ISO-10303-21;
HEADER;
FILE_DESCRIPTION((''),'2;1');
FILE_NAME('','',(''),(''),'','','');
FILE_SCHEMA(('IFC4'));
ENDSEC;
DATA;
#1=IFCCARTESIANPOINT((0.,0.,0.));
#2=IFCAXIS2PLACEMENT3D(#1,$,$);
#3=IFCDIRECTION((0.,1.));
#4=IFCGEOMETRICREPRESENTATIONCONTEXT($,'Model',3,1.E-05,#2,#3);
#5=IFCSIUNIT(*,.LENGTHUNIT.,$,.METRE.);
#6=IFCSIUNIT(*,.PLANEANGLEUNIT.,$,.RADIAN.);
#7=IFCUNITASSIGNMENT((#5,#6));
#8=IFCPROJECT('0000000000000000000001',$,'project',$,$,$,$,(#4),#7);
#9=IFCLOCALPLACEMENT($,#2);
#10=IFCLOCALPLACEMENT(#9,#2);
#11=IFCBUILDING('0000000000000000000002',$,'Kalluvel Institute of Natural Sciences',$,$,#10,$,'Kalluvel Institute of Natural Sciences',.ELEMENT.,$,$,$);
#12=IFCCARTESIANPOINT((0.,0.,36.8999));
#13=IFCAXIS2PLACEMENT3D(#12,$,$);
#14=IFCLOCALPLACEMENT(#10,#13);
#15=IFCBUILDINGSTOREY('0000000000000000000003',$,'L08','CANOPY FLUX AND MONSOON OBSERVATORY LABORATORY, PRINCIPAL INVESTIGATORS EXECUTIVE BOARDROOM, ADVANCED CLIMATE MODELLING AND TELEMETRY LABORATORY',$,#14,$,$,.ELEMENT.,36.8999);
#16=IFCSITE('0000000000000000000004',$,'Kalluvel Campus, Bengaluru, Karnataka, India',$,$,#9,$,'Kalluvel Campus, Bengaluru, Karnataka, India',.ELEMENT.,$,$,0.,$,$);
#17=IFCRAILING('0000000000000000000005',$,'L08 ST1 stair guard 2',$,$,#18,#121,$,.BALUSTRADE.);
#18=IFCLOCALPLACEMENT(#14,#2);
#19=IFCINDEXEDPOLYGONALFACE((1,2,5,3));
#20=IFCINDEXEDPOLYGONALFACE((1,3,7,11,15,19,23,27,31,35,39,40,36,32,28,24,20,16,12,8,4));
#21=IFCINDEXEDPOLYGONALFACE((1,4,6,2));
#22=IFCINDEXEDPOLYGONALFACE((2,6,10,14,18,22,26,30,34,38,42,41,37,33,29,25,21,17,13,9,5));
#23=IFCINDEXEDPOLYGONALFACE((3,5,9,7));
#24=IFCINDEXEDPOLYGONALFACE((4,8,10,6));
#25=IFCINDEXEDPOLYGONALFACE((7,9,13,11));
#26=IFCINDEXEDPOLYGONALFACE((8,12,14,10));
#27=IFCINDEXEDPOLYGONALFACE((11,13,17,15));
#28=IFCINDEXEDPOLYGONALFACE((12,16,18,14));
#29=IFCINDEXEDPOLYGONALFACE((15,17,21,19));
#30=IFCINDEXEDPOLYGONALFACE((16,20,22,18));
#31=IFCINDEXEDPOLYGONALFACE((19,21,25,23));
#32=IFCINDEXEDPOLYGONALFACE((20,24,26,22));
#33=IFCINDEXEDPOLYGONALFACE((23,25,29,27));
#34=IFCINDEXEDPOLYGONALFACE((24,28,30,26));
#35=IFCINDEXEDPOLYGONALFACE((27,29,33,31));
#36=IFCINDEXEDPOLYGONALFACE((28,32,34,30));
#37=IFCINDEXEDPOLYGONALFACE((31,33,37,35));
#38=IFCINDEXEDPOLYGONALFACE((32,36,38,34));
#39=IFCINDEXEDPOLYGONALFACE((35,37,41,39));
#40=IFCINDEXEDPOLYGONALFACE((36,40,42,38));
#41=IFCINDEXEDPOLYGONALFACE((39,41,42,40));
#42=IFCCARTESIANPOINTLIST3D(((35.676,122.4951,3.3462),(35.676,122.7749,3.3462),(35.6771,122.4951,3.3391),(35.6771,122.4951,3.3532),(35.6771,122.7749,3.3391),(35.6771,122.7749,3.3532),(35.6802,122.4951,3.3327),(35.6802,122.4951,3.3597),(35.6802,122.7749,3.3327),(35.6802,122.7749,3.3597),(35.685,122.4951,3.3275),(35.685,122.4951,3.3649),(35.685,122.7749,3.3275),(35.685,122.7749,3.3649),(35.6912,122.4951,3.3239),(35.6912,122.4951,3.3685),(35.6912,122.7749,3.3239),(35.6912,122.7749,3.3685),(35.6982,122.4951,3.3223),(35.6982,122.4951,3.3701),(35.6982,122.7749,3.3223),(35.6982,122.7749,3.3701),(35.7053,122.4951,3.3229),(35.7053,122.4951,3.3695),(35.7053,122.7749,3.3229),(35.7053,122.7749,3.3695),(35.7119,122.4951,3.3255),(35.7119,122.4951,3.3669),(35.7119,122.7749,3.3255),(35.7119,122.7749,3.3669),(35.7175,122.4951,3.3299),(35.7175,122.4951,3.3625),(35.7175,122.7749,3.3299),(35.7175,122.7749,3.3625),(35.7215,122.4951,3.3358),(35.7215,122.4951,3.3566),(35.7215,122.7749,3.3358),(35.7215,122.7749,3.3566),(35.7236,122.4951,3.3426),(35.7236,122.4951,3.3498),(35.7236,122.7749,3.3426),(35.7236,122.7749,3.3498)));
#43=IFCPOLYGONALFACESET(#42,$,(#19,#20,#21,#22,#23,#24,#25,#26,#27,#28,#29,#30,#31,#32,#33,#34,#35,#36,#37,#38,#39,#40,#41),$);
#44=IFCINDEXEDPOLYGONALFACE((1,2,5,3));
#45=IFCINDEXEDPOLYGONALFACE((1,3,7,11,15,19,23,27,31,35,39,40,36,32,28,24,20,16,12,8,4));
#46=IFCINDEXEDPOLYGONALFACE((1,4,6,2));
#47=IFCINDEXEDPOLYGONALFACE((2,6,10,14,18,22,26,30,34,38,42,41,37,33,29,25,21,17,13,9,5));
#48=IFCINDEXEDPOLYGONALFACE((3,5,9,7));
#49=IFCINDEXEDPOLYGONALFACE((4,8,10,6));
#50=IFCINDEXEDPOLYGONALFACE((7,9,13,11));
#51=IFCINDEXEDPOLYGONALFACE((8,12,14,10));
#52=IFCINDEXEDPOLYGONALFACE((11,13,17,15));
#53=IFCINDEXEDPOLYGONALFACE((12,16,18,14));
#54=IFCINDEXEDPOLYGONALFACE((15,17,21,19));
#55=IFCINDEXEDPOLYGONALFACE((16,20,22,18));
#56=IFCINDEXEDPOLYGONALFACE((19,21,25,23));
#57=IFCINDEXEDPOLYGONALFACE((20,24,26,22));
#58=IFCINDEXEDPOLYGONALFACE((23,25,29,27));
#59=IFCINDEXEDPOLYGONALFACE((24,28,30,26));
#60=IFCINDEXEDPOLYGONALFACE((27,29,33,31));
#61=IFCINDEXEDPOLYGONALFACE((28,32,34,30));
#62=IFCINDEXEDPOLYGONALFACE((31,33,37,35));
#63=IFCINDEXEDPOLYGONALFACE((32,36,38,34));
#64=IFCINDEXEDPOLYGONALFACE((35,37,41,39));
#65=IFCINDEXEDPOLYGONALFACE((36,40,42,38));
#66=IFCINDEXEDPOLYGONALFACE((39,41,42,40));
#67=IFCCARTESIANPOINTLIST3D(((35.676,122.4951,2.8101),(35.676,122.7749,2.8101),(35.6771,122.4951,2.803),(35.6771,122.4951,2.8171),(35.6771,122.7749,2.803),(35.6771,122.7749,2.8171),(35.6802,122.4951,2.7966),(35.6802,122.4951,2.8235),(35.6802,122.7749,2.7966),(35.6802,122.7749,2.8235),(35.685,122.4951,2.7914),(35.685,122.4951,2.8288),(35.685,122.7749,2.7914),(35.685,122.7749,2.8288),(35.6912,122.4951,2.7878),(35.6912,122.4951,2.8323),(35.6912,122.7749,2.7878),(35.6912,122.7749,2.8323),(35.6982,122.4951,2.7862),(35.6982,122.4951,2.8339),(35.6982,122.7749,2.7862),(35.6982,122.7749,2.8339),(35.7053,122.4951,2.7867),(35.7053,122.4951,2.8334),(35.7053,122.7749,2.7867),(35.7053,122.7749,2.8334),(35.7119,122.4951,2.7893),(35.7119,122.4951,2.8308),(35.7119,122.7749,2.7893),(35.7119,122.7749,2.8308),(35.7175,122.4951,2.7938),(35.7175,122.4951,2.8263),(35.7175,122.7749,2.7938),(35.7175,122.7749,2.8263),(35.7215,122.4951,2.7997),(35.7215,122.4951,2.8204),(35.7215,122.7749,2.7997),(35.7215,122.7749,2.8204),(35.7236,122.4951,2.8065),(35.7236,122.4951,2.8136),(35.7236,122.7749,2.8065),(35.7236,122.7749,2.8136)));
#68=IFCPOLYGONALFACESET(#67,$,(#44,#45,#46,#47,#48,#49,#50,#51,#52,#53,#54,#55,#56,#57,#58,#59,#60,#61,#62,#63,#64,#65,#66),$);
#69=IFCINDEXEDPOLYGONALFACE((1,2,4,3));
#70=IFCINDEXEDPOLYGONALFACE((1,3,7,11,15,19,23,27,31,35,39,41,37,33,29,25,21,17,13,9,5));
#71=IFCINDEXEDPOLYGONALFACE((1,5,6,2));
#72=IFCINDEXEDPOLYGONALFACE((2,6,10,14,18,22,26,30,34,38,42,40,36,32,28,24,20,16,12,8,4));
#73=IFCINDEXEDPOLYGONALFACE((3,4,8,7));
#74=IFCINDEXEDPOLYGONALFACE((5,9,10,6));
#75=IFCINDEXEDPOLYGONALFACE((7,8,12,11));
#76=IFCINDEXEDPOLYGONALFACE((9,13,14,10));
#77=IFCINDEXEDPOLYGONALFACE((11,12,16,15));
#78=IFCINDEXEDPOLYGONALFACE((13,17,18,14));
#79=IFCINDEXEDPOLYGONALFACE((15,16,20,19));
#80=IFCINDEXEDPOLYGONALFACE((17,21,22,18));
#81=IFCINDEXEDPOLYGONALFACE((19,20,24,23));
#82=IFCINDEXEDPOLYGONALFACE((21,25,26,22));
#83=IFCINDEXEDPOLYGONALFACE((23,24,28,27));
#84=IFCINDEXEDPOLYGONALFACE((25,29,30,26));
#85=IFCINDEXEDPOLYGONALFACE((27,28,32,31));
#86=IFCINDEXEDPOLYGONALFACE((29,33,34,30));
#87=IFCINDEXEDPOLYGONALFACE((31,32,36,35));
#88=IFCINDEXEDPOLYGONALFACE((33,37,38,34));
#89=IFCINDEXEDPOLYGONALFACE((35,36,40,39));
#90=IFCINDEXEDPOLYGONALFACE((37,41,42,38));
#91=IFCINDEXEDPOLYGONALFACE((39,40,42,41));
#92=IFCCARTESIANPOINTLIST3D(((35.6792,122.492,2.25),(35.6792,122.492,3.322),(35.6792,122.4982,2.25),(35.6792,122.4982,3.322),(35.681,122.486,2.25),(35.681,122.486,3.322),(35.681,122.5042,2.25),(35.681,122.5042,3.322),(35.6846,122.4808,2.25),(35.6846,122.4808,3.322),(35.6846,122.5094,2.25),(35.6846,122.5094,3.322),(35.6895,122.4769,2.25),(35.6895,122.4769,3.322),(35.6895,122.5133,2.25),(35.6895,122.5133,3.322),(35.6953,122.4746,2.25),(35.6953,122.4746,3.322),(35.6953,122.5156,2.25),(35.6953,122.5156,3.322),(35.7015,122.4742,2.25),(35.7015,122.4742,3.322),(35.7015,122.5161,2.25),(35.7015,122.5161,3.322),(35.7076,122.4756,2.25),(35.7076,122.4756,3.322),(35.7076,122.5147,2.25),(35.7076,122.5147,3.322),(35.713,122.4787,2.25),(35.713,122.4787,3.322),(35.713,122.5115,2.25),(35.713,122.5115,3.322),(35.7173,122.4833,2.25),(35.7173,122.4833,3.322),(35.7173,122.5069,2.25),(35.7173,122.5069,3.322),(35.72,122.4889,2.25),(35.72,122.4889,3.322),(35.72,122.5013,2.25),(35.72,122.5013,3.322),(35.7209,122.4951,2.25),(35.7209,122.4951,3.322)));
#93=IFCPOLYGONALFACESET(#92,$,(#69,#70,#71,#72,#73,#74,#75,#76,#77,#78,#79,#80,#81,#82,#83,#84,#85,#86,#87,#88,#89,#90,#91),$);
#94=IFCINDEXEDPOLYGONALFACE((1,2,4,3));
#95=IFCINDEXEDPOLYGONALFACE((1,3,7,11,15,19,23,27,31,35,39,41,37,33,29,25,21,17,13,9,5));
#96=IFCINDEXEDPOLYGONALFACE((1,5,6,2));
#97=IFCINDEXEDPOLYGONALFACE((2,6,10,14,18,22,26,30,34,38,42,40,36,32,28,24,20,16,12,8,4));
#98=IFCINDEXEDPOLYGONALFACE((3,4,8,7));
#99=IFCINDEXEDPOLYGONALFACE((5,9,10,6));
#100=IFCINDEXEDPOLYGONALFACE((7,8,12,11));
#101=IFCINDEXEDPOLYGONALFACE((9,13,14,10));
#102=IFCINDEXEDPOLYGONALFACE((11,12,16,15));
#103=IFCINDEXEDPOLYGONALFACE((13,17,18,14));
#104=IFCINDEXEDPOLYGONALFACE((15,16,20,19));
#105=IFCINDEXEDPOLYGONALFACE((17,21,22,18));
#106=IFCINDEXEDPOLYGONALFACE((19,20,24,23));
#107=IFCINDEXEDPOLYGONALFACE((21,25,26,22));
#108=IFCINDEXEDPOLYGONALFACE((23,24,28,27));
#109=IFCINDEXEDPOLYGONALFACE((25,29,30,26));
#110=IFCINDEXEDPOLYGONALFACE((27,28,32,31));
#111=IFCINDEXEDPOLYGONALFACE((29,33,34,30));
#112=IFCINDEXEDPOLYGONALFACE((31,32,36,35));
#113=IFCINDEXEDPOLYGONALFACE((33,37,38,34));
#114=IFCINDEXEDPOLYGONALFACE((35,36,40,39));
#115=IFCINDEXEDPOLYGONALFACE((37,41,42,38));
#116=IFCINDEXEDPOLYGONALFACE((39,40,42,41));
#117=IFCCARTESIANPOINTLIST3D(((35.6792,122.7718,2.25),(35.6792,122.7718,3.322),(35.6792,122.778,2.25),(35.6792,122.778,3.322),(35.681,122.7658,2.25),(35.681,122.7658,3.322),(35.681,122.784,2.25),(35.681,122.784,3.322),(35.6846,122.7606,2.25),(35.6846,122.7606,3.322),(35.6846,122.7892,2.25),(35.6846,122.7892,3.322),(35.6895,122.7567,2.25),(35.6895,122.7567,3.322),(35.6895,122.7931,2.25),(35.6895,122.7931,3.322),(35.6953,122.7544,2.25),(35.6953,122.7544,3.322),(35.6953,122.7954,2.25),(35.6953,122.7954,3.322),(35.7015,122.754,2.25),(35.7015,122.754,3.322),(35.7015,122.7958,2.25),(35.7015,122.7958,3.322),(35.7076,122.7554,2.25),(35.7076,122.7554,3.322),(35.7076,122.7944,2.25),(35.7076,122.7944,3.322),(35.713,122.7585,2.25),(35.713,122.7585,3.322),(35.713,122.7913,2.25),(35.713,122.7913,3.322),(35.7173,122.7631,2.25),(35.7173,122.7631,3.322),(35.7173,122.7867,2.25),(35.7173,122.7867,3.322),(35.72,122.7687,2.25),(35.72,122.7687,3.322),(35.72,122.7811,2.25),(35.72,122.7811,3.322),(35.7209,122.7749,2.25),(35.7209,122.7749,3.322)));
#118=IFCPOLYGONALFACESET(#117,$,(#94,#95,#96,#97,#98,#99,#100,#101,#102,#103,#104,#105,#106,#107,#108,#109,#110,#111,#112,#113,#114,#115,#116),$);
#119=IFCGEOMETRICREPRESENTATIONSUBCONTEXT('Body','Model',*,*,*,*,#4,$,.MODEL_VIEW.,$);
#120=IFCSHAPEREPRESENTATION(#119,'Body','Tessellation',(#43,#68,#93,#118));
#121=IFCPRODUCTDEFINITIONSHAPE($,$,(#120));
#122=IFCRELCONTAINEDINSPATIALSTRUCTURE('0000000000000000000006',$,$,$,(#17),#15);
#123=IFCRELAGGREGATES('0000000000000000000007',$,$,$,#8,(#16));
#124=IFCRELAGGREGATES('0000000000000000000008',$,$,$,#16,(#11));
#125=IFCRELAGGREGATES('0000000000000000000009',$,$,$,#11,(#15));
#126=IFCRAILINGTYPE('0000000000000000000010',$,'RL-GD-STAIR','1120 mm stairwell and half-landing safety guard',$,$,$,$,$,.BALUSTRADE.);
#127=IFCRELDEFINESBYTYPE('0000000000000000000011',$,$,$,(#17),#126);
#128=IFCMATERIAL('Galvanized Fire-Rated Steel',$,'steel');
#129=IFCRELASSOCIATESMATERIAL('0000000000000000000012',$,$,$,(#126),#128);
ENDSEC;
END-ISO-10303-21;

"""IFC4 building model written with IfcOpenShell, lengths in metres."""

from ifc_helpers import new_model, si_unit, direction, frame, origin, origin_2d, place, context, subcontext, project, spatial, circle, extrude, material, type_object, element, save


model = new_model("IFC4")

# Units and contexts
model_context = context("Model", 3, precision=1e-05, world=origin(), true_north=direction((0.0, 1.0)))
body_context = subcontext(model_context, "Body", "Model", "MODEL_VIEW")
ifc_project = project(units=[si_unit("LENGTHUNIT", "METRE"), si_unit("PLANEANGLEUNIT", "RADIAN")], contexts=[model_context])

# Site, building, storey
site_placement = place(None, origin())
site = spatial("IfcSite", under=ifc_project, at=site_placement, Name="Kalluvel Campus, Bengaluru, Karnataka, India", LongName="Kalluvel Campus, Bengaluru, Karnataka, India", CompositionType="ELEMENT", RefElevation=0.0)
building_placement = place(site_placement, origin())
building = spatial("IfcBuilding", under=site, at=building_placement, Name="Kalluvel Institute of Natural Sciences", LongName="Kalluvel Institute of Natural Sciences", CompositionType="ELEMENT")
storey_placement = place(building_placement, frame((0.0, 0.0, 36.8999)))
storey = spatial("IfcBuildingStorey", under=building, at=storey_placement, Name="L08", Description="CANOPY FLUX AND MONSOON OBSERVATORY LABORATORY, PRINCIPAL INVESTIGATORS EXECUTIVE BOARDROOM, ADVANCED CLIMATE MODELLING AND TELEMETRY LABORATORY", CompositionType="ELEMENT", Elevation=36.8999)

# Shared definitions
ifc_material_1 = material(Name="Galvanized Fire-Rated Steel", Category="steel")

# Railing
railing_type_1 = type_object("IfcRailingType", Name="RL-GD-STAIR", Description="1120 mm stairwell and half-landing safety guard", PredefinedType="BALUSTRADE", material=ifc_material_1)
for number, where, name in (
    (1, (35.7, 122.4951, 2.25), "L08 ST1 stair guard 2"),
):
    element("IfcRailing", number, at=place(storey_placement, frame(where)), inside=storey, type_object=railing_type_1, Name=name, PredefinedType="BALUSTRADE", context=body_context, shape_type="SweptSolid", body=[
        extrude(circle(Radius=0.0239, at=origin_2d()), frame((0.0, 0.0, 1.0962), z_axis=(0.0, 1.0, 0.0), x_axis=(-1.0, 0.0, 0.0)), (0.0, 0.0, 1.0), 0.2798),
        extrude(circle(Radius=0.0239, at=origin_2d()), frame((0.0, 0.0, 0.5601), z_axis=(0.0, 1.0, 0.0), x_axis=(-1.0, 0.0, 0.0)), (0.0, 0.0, 1.0), 0.2798),
        extrude(circle(Radius=0.021, at=origin_2d()), origin(), (0.0, 0.0, 1.0), 1.072),
        extrude(circle(Radius=0.021, at=origin_2d()), frame((0.0, 0.2798, 0.0)), (0.0, 0.0, 1.0), 1.072),
    ])

save(model, "model.ifc")
